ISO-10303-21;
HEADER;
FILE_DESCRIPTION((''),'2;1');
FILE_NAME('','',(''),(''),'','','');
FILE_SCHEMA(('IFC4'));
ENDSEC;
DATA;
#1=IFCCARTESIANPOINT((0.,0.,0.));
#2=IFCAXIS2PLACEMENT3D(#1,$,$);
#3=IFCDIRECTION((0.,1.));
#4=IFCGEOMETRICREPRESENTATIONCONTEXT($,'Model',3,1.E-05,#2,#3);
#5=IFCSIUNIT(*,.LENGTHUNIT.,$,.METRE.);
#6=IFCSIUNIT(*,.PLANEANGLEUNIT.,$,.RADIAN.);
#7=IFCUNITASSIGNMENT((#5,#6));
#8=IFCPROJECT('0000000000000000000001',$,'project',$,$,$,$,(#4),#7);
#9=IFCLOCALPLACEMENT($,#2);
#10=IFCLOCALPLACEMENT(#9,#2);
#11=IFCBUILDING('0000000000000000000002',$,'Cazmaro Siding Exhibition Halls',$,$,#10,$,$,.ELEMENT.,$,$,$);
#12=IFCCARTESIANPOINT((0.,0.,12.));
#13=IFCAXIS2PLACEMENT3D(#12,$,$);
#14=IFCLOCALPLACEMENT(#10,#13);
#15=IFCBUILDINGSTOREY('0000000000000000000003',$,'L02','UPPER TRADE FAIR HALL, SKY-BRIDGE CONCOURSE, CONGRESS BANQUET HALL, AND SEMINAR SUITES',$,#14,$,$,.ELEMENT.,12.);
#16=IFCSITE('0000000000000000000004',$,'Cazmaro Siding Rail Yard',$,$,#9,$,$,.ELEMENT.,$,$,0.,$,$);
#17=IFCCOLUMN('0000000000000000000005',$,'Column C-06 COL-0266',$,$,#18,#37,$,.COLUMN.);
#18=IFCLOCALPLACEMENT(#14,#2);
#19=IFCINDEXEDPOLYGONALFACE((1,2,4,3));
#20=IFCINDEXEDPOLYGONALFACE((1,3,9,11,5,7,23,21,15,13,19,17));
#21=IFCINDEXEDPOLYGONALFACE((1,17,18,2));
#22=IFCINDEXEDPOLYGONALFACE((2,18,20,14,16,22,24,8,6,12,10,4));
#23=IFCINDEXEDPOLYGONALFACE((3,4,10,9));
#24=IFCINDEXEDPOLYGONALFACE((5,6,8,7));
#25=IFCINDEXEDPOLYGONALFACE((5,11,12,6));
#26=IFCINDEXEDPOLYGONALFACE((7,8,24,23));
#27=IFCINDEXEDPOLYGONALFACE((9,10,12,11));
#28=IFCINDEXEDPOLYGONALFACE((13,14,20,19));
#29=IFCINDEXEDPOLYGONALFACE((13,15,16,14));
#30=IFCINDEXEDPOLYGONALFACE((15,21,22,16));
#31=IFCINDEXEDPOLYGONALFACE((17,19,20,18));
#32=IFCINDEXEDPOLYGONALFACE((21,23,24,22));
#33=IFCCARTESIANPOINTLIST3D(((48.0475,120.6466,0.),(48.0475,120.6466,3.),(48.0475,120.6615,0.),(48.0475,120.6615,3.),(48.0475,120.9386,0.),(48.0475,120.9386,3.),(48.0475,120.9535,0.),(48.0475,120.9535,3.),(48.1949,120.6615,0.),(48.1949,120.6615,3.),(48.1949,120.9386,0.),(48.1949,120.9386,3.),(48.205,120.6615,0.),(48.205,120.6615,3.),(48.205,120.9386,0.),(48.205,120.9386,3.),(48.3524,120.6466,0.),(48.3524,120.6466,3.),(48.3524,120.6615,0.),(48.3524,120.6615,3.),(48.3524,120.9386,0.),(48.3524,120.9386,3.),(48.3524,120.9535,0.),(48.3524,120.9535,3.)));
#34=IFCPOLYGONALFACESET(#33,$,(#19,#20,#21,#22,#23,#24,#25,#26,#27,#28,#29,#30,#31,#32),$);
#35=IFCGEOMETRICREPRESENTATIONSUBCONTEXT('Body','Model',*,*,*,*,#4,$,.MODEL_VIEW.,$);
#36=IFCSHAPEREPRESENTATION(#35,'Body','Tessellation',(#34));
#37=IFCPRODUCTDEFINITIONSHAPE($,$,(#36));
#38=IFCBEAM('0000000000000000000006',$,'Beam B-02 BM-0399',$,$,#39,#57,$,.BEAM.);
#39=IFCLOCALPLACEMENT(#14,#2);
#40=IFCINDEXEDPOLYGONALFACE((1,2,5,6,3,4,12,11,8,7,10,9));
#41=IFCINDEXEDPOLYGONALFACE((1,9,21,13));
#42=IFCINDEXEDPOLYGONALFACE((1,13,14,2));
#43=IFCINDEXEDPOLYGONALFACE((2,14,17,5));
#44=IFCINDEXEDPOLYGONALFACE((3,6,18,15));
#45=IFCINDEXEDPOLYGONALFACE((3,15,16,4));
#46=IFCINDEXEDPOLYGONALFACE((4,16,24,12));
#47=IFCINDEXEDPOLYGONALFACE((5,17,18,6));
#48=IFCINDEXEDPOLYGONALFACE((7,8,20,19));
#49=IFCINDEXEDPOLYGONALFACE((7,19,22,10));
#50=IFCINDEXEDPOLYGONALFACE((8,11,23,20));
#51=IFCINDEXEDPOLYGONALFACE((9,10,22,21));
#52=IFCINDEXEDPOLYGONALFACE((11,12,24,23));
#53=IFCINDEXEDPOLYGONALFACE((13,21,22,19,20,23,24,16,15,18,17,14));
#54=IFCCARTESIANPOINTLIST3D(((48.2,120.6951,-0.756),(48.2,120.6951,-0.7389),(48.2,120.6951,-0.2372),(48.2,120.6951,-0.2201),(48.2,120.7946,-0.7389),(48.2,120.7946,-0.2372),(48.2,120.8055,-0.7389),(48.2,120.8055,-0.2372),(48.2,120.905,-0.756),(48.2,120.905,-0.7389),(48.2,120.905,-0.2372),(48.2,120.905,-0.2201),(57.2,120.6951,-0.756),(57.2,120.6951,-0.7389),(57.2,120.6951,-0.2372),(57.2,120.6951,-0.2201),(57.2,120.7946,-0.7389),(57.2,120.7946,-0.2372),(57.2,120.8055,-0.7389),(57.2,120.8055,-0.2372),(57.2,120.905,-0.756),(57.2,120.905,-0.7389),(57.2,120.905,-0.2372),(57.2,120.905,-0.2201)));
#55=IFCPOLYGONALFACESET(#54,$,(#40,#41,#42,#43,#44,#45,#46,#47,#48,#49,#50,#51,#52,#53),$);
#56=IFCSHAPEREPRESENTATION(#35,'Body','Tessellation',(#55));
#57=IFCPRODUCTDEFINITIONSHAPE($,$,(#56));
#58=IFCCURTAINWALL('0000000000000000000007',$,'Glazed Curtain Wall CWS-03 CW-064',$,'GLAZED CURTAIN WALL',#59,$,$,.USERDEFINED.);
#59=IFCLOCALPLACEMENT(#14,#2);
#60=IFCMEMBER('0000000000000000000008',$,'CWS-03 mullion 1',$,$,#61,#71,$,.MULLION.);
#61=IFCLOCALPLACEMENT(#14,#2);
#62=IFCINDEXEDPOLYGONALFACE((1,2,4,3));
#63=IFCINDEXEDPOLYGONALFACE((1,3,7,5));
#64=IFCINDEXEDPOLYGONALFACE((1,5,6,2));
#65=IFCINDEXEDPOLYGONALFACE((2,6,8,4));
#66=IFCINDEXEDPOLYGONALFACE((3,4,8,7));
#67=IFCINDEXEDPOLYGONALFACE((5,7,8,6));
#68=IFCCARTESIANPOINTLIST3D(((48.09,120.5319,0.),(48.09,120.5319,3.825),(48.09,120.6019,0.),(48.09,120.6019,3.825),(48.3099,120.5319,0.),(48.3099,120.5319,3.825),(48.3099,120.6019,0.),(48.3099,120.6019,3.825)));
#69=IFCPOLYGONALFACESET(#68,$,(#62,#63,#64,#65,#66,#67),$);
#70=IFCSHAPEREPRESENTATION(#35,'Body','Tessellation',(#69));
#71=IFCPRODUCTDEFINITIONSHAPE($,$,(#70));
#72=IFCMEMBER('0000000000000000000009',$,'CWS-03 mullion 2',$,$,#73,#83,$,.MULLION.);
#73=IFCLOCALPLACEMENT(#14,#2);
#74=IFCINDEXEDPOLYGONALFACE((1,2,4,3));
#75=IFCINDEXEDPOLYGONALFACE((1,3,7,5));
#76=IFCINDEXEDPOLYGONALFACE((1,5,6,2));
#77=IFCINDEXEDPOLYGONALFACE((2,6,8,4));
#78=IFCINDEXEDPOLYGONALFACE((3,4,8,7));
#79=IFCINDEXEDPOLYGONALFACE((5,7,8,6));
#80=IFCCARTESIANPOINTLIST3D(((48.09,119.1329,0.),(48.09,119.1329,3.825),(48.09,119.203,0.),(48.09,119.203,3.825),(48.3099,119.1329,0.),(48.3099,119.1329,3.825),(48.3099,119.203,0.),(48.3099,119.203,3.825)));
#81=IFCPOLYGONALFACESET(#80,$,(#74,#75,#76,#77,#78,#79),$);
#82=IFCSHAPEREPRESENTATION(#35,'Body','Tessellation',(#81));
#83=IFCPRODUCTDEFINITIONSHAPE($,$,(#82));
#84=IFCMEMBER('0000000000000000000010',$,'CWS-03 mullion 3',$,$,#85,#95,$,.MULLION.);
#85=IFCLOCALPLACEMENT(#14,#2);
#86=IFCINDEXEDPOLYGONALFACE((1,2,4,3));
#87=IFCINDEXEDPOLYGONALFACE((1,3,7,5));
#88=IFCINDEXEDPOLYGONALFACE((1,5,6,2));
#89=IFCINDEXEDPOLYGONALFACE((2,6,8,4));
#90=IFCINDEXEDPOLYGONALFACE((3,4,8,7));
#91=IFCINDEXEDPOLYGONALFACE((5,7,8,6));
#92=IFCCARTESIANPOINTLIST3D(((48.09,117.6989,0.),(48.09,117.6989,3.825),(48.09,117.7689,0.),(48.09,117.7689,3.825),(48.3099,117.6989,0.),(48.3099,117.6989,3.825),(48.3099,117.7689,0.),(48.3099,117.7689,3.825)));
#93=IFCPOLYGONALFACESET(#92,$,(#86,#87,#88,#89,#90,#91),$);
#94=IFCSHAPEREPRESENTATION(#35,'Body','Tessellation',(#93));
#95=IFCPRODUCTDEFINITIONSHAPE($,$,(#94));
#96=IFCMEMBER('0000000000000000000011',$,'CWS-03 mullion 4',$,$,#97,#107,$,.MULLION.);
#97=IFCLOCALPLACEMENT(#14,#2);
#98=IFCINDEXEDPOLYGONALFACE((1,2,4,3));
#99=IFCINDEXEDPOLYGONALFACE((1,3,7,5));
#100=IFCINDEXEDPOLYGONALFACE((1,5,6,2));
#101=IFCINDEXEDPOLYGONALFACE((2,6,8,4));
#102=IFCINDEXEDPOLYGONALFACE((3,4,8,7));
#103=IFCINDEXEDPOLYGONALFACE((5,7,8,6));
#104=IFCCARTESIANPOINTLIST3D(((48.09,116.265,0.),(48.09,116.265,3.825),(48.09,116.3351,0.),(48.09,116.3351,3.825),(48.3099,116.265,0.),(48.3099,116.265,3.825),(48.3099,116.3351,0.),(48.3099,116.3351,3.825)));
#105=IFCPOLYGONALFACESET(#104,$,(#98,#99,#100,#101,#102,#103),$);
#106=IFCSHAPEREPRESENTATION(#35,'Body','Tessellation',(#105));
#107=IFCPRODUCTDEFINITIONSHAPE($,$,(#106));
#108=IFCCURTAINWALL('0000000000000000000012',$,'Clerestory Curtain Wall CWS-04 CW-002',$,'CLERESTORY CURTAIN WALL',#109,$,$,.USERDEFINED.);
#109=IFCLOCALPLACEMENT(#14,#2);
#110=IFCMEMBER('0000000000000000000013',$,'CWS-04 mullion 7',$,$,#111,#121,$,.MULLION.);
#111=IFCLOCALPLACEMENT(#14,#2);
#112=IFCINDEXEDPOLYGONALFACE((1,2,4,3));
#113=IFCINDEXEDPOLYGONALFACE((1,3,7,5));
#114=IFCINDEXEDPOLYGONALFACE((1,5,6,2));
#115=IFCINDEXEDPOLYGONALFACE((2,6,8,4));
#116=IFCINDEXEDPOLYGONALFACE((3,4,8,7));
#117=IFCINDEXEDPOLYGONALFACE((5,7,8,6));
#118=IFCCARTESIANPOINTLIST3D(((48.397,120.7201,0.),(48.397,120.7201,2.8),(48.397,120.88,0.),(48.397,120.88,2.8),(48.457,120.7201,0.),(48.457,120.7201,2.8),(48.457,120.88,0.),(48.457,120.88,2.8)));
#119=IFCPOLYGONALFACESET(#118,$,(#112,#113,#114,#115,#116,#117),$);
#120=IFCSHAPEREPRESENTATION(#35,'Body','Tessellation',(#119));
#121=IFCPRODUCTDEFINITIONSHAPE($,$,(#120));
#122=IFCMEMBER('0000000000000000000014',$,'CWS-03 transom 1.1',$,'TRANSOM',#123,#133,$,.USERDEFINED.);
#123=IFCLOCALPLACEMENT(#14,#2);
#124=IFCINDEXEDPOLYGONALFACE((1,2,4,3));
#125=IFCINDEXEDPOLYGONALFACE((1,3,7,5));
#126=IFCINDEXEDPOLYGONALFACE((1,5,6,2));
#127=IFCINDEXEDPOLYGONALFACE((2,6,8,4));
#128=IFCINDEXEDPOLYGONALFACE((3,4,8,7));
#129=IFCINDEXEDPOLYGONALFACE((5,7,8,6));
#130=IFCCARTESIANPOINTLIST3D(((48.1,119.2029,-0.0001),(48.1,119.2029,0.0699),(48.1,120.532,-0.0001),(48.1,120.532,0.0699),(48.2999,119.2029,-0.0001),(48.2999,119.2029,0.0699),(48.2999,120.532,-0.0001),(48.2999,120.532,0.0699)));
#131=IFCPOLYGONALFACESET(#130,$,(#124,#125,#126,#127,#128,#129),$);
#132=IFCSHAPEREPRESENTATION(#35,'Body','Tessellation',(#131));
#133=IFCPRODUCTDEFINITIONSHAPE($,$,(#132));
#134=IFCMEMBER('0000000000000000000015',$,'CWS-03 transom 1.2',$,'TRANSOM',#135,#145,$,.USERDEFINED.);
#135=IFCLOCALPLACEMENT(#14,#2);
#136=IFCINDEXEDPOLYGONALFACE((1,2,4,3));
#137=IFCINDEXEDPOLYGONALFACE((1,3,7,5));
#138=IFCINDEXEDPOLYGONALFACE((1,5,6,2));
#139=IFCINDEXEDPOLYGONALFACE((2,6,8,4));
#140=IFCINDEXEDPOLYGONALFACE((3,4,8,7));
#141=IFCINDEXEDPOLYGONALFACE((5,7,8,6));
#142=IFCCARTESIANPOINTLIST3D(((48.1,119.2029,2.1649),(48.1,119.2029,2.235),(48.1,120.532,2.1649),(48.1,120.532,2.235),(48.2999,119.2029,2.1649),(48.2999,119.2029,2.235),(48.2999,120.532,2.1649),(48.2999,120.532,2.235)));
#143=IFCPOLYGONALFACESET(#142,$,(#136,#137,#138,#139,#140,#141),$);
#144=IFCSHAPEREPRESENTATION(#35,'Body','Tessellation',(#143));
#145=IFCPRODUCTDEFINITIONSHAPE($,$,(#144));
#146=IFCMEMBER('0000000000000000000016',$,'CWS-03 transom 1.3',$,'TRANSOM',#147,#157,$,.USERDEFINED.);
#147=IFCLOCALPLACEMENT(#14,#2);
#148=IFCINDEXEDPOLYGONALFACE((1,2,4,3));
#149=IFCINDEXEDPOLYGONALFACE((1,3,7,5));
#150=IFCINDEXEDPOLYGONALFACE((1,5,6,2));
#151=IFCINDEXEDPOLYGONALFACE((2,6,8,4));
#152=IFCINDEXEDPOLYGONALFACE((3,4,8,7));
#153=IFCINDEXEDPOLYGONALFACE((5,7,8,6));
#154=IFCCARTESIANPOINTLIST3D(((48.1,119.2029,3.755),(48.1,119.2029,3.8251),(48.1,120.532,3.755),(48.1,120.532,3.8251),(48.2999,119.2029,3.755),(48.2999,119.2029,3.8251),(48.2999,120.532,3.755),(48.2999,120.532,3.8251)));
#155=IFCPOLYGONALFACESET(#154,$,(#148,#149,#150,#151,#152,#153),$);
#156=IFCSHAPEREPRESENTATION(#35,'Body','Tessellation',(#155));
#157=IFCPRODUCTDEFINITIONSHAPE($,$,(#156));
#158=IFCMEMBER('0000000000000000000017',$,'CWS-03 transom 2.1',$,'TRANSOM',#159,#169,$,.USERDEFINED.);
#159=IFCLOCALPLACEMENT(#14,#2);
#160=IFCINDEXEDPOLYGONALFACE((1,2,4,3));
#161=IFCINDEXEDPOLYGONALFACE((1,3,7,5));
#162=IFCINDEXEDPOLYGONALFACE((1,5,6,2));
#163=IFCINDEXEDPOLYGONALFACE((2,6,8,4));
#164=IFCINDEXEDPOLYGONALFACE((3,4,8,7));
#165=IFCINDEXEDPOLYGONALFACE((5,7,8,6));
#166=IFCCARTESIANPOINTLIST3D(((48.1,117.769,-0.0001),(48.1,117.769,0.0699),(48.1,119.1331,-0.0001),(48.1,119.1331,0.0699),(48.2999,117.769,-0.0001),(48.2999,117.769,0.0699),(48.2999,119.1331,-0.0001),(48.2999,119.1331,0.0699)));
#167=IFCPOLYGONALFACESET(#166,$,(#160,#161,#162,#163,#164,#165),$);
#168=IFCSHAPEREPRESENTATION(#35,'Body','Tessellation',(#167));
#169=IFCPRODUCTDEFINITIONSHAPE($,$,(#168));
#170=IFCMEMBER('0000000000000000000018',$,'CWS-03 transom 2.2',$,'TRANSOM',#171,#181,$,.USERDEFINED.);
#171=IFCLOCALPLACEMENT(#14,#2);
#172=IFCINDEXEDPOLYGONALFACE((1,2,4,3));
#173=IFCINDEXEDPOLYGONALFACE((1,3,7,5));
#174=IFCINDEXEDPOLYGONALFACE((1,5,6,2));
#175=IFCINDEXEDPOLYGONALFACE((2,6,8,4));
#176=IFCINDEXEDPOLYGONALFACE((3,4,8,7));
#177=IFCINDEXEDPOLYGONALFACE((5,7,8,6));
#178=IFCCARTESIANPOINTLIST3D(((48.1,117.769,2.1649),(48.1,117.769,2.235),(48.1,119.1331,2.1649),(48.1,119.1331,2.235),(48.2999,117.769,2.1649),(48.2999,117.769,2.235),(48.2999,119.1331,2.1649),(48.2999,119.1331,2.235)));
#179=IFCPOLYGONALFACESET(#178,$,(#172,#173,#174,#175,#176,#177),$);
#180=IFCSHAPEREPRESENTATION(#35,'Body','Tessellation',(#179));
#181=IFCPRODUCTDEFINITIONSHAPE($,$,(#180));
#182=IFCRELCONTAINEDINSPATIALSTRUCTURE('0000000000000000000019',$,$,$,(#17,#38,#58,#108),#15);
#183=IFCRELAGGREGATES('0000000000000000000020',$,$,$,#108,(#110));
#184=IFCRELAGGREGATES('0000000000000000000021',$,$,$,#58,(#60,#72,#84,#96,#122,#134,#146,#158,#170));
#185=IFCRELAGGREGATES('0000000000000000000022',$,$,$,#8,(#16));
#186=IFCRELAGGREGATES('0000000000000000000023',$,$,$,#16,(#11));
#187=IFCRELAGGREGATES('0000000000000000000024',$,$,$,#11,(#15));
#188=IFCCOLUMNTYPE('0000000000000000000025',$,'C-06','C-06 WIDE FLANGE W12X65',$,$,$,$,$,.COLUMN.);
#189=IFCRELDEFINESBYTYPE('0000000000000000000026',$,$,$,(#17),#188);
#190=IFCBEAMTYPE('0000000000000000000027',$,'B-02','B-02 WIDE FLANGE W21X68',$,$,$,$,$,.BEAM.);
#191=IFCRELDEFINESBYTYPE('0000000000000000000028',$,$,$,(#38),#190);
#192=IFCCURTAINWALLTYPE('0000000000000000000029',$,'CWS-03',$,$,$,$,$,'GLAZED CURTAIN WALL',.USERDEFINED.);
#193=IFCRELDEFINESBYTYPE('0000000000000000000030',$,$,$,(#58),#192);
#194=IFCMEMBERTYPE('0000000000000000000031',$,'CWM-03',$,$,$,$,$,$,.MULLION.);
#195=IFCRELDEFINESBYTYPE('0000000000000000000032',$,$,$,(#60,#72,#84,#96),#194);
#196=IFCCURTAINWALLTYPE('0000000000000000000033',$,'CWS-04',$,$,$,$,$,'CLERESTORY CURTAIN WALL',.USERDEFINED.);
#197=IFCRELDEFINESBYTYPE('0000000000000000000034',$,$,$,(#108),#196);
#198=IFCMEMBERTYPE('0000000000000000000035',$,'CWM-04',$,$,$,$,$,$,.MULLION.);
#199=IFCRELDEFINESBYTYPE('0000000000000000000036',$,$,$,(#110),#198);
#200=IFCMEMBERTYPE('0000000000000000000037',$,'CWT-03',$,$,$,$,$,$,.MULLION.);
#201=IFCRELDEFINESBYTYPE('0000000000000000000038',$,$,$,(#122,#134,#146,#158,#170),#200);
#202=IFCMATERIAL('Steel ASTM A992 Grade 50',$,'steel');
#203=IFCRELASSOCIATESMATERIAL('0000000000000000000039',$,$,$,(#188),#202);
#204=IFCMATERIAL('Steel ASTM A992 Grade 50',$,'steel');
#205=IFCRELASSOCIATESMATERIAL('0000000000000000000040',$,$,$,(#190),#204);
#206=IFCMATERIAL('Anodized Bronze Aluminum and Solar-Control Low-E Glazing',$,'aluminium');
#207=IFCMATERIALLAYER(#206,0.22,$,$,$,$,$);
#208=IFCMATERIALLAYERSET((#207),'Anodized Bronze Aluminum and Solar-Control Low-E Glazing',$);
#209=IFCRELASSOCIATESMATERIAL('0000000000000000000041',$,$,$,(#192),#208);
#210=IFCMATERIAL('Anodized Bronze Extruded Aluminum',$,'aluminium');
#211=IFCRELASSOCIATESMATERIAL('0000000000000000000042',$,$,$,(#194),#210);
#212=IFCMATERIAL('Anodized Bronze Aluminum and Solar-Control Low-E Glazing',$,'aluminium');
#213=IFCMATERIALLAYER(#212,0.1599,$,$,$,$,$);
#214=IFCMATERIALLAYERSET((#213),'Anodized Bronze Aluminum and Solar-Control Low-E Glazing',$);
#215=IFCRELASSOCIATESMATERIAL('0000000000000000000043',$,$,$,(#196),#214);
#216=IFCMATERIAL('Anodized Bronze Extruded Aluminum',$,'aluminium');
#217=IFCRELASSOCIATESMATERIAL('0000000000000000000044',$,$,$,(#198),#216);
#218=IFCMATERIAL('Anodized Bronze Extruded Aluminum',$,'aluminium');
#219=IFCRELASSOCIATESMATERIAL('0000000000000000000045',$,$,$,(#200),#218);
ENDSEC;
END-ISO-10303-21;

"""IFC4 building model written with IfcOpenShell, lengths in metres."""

from ifc_helpers import new_model, si_unit, direction, frame, origin, origin_2d, place, context, subcontext, project, spatial, rectangle, i_section, extrude, material, layer, layer_set, material_profile, profile_set, type_object, element, aggregate, save


model = new_model("IFC4")

# Units and contexts
model_context = context("Model", 3, precision=1e-05, world=origin(), true_north=direction((0.0, 1.0)))
body_context = subcontext(model_context, "Body", "Model", "MODEL_VIEW")
ifc_project = project(units=[si_unit("LENGTHUNIT", "METRE"), si_unit("PLANEANGLEUNIT", "RADIAN")], contexts=[model_context])

# Site, building, storey
site_placement = place(None, origin())
site = spatial("IfcSite", under=ifc_project, at=site_placement, Name="Cazmaro Siding Rail Yard", CompositionType="ELEMENT", RefElevation=0.0)
building_placement = place(site_placement, origin())
building = spatial("IfcBuilding", under=site, at=building_placement, Name="Cazmaro Siding Exhibition Halls", CompositionType="ELEMENT")
storey_placement = place(building_placement, frame((0.0, 0.0, 12.0)))
storey = spatial("IfcBuildingStorey", under=building, at=storey_placement, Name="L02", Description="UPPER TRADE FAIR HALL, SKY-BRIDGE CONCOURSE, CONGRESS BANQUET HALL, AND SEMINAR SUITES", CompositionType="ELEMENT", Elevation=12.0)

# Column
ifc_material_1 = material(Name="Steel ASTM A992 Grade 50", Category="steel")
ifc_material_profile_1 = material_profile(ifc_material_1, i_section(OverallWidth=0.3049, OverallDepth=0.3069, WebThickness=0.01, FlangeThickness=0.0149, at=origin_2d()), Name="W12X65")
ifc_profile_set_1 = profile_set([ifc_material_profile_1], Name="Steel ASTM A992 Grade 50")
column_type = type_object("IfcColumnType", Name="C-06", Description="C-06 WIDE FLANGE W12X65", PredefinedType="COLUMN", material=ifc_profile_set_1)
column_placement = place(storey_placement, frame((48.2, 120.8, 0.0), z_axis=(0.0, 0.0, 1.0), x_axis=(1.0, 0.0, 0.0)))
element("IfcColumn", 1, at=column_placement, inside=storey, type_object=column_type, Name="Column C-06 COL-0266", PredefinedType="COLUMN", context=body_context, shape_type="SweptSolid", body=[
    extrude(i_section(OverallWidth=0.3049, OverallDepth=0.3069, WebThickness=0.01, FlangeThickness=0.0149, at=origin_2d()), origin(), (0.0, 0.0, 1.0), 3.0),
])

# Beam
ifc_material_2 = material(Name="Steel ASTM A992 Grade 50", Category="steel")
ifc_material_profile_2 = material_profile(ifc_material_2, i_section(OverallWidth=0.21, OverallDepth=0.5359, WebThickness=0.011, FlangeThickness=0.0171, at=origin_2d()), Name="W21X68")
ifc_profile_set_2 = profile_set([ifc_material_profile_2], Name="Steel ASTM A992 Grade 50")
beam_type_1 = type_object("IfcBeamType", Name="B-02", Description="B-02 WIDE FLANGE W21X68", PredefinedType="BEAM", material=ifc_profile_set_2)
beam_1_placement = place(storey_placement, frame((48.2, 120.8, -0.488), z_axis=(1.0, 0.0, 0.0), x_axis=(0.0, 1.0, 0.0)))
element("IfcBeam", 2, at=beam_1_placement, inside=storey, type_object=beam_type_1, Name="Beam B-02 BM-0399", PredefinedType="BEAM", context=body_context, shape_type="SweptSolid", body=[
    extrude(i_section(OverallWidth=0.21, OverallDepth=0.5359, WebThickness=0.011, FlangeThickness=0.0171, at=origin_2d()), origin(), (0.0, 0.0, 1.0), 9.0),
])

# Curtain wall, members
ifc_material_3 = material(Name="Anodized Bronze Aluminum and Solar-Control Low-E Glazing", Category="aluminium")
ifc_layer_1 = layer(ifc_material_3, 0.22)
ifc_layer_set_1 = layer_set([ifc_layer_1], Name="Anodized Bronze Aluminum and Solar-Control Low-E Glazing")
curtain_wall_type_1 = type_object("IfcCurtainWallType", Name="CWS-03", ElementType="GLAZED CURTAIN WALL", PredefinedType="USERDEFINED", material=ifc_layer_set_1)
curtain_wall_1_placement = place(storey_placement, origin())
curtain_wall_1 = element("IfcCurtainWall", 3, at=curtain_wall_1_placement, inside=storey, type_object=curtain_wall_type_1, Name="Glazed Curtain Wall CWS-03 CW-064", ObjectType="GLAZED CURTAIN WALL", PredefinedType="USERDEFINED")
ifc_material_4 = material(Name="Anodized Bronze Extruded Aluminum", Category="aluminium")
ifc_material_profile_3 = material_profile(ifc_material_4, rectangle(XDim=0.22, YDim=0.0701, at=origin_2d()), Name="CWM-03")
ifc_profile_set_3 = profile_set([ifc_material_profile_3], Name="Anodized Bronze Extruded Aluminum")
member_type_1 = type_object("IfcMemberType", Name="CWM-03", PredefinedType="MULLION", material=ifc_profile_set_3)
member_1_placement = place(storey_placement, frame((48.2, 120.5669, 0.0), z_axis=(0.0, 0.0, 1.0), x_axis=(1.0, 0.0, 0.0)))
member_1 = element("IfcMember", 4, at=member_1_placement, type_object=member_type_1, Name="CWS-03 mullion 1", PredefinedType="MULLION", context=body_context, shape_type="SweptSolid", body=[
    extrude(rectangle(XDim=0.22, YDim=0.0701, at=origin_2d()), origin(), (0.0, 0.0, 1.0), 3.825),
])
member_2_placement = place(storey_placement, frame((48.2, 119.168, 0.0), z_axis=(0.0, 0.0, 1.0), x_axis=(1.0, 0.0, 0.0)))
member_2 = element("IfcMember", 5, at=member_2_placement, type_object=member_type_1, Name="CWS-03 mullion 2", PredefinedType="MULLION", context=body_context, shape_type="SweptSolid", body=[
    extrude(rectangle(XDim=0.22, YDim=0.0701, at=origin_2d()), origin(), (0.0, 0.0, 1.0), 3.825),
])
member_3_placement = place(storey_placement, frame((48.2, 117.7339, 0.0), z_axis=(0.0, 0.0, 1.0), x_axis=(1.0, 0.0, 0.0)))
member_3 = element("IfcMember", 6, at=member_3_placement, type_object=member_type_1, Name="CWS-03 mullion 3", PredefinedType="MULLION", context=body_context, shape_type="SweptSolid", body=[
    extrude(rectangle(XDim=0.22, YDim=0.0701, at=origin_2d()), origin(), (0.0, 0.0, 1.0), 3.825),
])
member_4_placement = place(storey_placement, frame((48.2, 116.3, 0.0), z_axis=(0.0, 0.0, 1.0), x_axis=(1.0, 0.0, 0.0)))
member_4 = element("IfcMember", 7, at=member_4_placement, type_object=member_type_1, Name="CWS-03 mullion 4", PredefinedType="MULLION", context=body_context, shape_type="SweptSolid", body=[
    extrude(rectangle(XDim=0.22, YDim=0.0701, at=origin_2d()), origin(), (0.0, 0.0, 1.0), 3.825),
])

# Curtain wall, member
ifc_material_5 = material(Name="Anodized Bronze Aluminum and Solar-Control Low-E Glazing", Category="aluminium")
ifc_layer_2 = layer(ifc_material_5, 0.1599)
ifc_layer_set_2 = layer_set([ifc_layer_2], Name="Anodized Bronze Aluminum and Solar-Control Low-E Glazing")
curtain_wall_type_2 = type_object("IfcCurtainWallType", Name="CWS-04", ElementType="CLERESTORY CURTAIN WALL", PredefinedType="USERDEFINED", material=ifc_layer_set_2)
curtain_wall_2_placement = place(storey_placement, origin())
curtain_wall_2 = element("IfcCurtainWall", 8, at=curtain_wall_2_placement, inside=storey, type_object=curtain_wall_type_2, Name="Clerestory Curtain Wall CWS-04 CW-002", ObjectType="CLERESTORY CURTAIN WALL", PredefinedType="USERDEFINED")
ifc_material_6 = material(Name="Anodized Bronze Extruded Aluminum", Category="aluminium")
ifc_material_profile_4 = material_profile(ifc_material_6, rectangle(XDim=0.1599, YDim=0.0601, at=origin_2d()), Name="CWM-04")
ifc_profile_set_4 = profile_set([ifc_material_profile_4], Name="Anodized Bronze Extruded Aluminum")
member_type_2 = type_object("IfcMemberType", Name="CWM-04", PredefinedType="MULLION", material=ifc_profile_set_4)
member_5_placement = place(storey_placement, frame((48.427, 120.8, 0.0), z_axis=(0.0, 0.0, 1.0), x_axis=(0.0, -1.0, 0.0)))
member_5 = element("IfcMember", 9, at=member_5_placement, type_object=member_type_2, Name="CWS-04 mullion 7", PredefinedType="MULLION", context=body_context, shape_type="SweptSolid", body=[
    extrude(rectangle(XDim=0.1599, YDim=0.0601, at=origin_2d()), origin(), (0.0, 0.0, 1.0), 2.8),
])
aggregate(curtain_wall_2, [member_5])

# Members
ifc_material_7 = material(Name="Anodized Bronze Extruded Aluminum", Category="aluminium")
ifc_material_profile_5 = material_profile(ifc_material_7, rectangle(XDim=0.2, YDim=0.0701, at=origin_2d()), Name="CWT-03")
ifc_profile_set_5 = profile_set([ifc_material_profile_5], Name="Anodized Bronze Extruded Aluminum")
member_type_3 = type_object("IfcMemberType", Name="CWT-03", PredefinedType="MULLION", material=ifc_profile_set_5)
member_6_placement = place(storey_placement, frame((48.2, 120.532, 0.0349), z_axis=(0.0, -1.0, 0.0), x_axis=(1.0, 0.0, 0.0)))
member_6 = element("IfcMember", 10, at=member_6_placement, type_object=member_type_3, Name="CWS-03 transom 1.1", ObjectType="TRANSOM", PredefinedType="USERDEFINED", context=body_context, shape_type="SweptSolid", body=[
    extrude(rectangle(XDim=0.2, YDim=0.0701, at=origin_2d()), origin(), (0.0, 0.0, 1.0), 1.3291),
])
member_7_placement = place(storey_placement, frame((48.2, 120.532, 2.2), z_axis=(0.0, -1.0, 0.0), x_axis=(1.0, 0.0, 0.0)))
member_7 = element("IfcMember", 11, at=member_7_placement, type_object=member_type_3, Name="CWS-03 transom 1.2", ObjectType="TRANSOM", PredefinedType="USERDEFINED", context=body_context, shape_type="SweptSolid", body=[
    extrude(rectangle(XDim=0.2, YDim=0.0701, at=origin_2d()), origin(), (0.0, 0.0, 1.0), 1.3291),
])
member_8_placement = place(storey_placement, frame((48.2, 120.532, 3.79), z_axis=(0.0, -1.0, 0.0), x_axis=(1.0, 0.0, 0.0)))
member_8 = element("IfcMember", 12, at=member_8_placement, type_object=member_type_3, Name="CWS-03 transom 1.3", ObjectType="TRANSOM", PredefinedType="USERDEFINED", context=body_context, shape_type="SweptSolid", body=[
    extrude(rectangle(XDim=0.2, YDim=0.0701, at=origin_2d()), origin(), (0.0, 0.0, 1.0), 1.3291),
])
member_9_placement = place(storey_placement, frame((48.2, 119.1331, 0.0349), z_axis=(0.0, -1.0, 0.0), x_axis=(1.0, 0.0, 0.0)))
member_9 = element("IfcMember", 13, at=member_9_placement, type_object=member_type_3, Name="CWS-03 transom 2.1", ObjectType="TRANSOM", PredefinedType="USERDEFINED", context=body_context, shape_type="SweptSolid", body=[
    extrude(rectangle(XDim=0.2, YDim=0.0701, at=origin_2d()), origin(), (0.0, 0.0, 1.0), 1.364),
])
member_10_placement = place(storey_placement, frame((48.2, 119.1331, 2.2), z_axis=(0.0, -1.0, 0.0), x_axis=(1.0, 0.0, 0.0)))
member_10 = element("IfcMember", 14, at=member_10_placement, type_object=member_type_3, Name="CWS-03 transom 2.2", ObjectType="TRANSOM", PredefinedType="USERDEFINED", context=body_context, shape_type="SweptSolid", body=[
    extrude(rectangle(XDim=0.2, YDim=0.0701, at=origin_2d()), origin(), (0.0, 0.0, 1.0), 1.364),
])

aggregate(curtain_wall_1, [member_1, member_2, member_3, member_4, member_6, member_7, member_8, member_9, member_10])

save(model, "model.ifc")
